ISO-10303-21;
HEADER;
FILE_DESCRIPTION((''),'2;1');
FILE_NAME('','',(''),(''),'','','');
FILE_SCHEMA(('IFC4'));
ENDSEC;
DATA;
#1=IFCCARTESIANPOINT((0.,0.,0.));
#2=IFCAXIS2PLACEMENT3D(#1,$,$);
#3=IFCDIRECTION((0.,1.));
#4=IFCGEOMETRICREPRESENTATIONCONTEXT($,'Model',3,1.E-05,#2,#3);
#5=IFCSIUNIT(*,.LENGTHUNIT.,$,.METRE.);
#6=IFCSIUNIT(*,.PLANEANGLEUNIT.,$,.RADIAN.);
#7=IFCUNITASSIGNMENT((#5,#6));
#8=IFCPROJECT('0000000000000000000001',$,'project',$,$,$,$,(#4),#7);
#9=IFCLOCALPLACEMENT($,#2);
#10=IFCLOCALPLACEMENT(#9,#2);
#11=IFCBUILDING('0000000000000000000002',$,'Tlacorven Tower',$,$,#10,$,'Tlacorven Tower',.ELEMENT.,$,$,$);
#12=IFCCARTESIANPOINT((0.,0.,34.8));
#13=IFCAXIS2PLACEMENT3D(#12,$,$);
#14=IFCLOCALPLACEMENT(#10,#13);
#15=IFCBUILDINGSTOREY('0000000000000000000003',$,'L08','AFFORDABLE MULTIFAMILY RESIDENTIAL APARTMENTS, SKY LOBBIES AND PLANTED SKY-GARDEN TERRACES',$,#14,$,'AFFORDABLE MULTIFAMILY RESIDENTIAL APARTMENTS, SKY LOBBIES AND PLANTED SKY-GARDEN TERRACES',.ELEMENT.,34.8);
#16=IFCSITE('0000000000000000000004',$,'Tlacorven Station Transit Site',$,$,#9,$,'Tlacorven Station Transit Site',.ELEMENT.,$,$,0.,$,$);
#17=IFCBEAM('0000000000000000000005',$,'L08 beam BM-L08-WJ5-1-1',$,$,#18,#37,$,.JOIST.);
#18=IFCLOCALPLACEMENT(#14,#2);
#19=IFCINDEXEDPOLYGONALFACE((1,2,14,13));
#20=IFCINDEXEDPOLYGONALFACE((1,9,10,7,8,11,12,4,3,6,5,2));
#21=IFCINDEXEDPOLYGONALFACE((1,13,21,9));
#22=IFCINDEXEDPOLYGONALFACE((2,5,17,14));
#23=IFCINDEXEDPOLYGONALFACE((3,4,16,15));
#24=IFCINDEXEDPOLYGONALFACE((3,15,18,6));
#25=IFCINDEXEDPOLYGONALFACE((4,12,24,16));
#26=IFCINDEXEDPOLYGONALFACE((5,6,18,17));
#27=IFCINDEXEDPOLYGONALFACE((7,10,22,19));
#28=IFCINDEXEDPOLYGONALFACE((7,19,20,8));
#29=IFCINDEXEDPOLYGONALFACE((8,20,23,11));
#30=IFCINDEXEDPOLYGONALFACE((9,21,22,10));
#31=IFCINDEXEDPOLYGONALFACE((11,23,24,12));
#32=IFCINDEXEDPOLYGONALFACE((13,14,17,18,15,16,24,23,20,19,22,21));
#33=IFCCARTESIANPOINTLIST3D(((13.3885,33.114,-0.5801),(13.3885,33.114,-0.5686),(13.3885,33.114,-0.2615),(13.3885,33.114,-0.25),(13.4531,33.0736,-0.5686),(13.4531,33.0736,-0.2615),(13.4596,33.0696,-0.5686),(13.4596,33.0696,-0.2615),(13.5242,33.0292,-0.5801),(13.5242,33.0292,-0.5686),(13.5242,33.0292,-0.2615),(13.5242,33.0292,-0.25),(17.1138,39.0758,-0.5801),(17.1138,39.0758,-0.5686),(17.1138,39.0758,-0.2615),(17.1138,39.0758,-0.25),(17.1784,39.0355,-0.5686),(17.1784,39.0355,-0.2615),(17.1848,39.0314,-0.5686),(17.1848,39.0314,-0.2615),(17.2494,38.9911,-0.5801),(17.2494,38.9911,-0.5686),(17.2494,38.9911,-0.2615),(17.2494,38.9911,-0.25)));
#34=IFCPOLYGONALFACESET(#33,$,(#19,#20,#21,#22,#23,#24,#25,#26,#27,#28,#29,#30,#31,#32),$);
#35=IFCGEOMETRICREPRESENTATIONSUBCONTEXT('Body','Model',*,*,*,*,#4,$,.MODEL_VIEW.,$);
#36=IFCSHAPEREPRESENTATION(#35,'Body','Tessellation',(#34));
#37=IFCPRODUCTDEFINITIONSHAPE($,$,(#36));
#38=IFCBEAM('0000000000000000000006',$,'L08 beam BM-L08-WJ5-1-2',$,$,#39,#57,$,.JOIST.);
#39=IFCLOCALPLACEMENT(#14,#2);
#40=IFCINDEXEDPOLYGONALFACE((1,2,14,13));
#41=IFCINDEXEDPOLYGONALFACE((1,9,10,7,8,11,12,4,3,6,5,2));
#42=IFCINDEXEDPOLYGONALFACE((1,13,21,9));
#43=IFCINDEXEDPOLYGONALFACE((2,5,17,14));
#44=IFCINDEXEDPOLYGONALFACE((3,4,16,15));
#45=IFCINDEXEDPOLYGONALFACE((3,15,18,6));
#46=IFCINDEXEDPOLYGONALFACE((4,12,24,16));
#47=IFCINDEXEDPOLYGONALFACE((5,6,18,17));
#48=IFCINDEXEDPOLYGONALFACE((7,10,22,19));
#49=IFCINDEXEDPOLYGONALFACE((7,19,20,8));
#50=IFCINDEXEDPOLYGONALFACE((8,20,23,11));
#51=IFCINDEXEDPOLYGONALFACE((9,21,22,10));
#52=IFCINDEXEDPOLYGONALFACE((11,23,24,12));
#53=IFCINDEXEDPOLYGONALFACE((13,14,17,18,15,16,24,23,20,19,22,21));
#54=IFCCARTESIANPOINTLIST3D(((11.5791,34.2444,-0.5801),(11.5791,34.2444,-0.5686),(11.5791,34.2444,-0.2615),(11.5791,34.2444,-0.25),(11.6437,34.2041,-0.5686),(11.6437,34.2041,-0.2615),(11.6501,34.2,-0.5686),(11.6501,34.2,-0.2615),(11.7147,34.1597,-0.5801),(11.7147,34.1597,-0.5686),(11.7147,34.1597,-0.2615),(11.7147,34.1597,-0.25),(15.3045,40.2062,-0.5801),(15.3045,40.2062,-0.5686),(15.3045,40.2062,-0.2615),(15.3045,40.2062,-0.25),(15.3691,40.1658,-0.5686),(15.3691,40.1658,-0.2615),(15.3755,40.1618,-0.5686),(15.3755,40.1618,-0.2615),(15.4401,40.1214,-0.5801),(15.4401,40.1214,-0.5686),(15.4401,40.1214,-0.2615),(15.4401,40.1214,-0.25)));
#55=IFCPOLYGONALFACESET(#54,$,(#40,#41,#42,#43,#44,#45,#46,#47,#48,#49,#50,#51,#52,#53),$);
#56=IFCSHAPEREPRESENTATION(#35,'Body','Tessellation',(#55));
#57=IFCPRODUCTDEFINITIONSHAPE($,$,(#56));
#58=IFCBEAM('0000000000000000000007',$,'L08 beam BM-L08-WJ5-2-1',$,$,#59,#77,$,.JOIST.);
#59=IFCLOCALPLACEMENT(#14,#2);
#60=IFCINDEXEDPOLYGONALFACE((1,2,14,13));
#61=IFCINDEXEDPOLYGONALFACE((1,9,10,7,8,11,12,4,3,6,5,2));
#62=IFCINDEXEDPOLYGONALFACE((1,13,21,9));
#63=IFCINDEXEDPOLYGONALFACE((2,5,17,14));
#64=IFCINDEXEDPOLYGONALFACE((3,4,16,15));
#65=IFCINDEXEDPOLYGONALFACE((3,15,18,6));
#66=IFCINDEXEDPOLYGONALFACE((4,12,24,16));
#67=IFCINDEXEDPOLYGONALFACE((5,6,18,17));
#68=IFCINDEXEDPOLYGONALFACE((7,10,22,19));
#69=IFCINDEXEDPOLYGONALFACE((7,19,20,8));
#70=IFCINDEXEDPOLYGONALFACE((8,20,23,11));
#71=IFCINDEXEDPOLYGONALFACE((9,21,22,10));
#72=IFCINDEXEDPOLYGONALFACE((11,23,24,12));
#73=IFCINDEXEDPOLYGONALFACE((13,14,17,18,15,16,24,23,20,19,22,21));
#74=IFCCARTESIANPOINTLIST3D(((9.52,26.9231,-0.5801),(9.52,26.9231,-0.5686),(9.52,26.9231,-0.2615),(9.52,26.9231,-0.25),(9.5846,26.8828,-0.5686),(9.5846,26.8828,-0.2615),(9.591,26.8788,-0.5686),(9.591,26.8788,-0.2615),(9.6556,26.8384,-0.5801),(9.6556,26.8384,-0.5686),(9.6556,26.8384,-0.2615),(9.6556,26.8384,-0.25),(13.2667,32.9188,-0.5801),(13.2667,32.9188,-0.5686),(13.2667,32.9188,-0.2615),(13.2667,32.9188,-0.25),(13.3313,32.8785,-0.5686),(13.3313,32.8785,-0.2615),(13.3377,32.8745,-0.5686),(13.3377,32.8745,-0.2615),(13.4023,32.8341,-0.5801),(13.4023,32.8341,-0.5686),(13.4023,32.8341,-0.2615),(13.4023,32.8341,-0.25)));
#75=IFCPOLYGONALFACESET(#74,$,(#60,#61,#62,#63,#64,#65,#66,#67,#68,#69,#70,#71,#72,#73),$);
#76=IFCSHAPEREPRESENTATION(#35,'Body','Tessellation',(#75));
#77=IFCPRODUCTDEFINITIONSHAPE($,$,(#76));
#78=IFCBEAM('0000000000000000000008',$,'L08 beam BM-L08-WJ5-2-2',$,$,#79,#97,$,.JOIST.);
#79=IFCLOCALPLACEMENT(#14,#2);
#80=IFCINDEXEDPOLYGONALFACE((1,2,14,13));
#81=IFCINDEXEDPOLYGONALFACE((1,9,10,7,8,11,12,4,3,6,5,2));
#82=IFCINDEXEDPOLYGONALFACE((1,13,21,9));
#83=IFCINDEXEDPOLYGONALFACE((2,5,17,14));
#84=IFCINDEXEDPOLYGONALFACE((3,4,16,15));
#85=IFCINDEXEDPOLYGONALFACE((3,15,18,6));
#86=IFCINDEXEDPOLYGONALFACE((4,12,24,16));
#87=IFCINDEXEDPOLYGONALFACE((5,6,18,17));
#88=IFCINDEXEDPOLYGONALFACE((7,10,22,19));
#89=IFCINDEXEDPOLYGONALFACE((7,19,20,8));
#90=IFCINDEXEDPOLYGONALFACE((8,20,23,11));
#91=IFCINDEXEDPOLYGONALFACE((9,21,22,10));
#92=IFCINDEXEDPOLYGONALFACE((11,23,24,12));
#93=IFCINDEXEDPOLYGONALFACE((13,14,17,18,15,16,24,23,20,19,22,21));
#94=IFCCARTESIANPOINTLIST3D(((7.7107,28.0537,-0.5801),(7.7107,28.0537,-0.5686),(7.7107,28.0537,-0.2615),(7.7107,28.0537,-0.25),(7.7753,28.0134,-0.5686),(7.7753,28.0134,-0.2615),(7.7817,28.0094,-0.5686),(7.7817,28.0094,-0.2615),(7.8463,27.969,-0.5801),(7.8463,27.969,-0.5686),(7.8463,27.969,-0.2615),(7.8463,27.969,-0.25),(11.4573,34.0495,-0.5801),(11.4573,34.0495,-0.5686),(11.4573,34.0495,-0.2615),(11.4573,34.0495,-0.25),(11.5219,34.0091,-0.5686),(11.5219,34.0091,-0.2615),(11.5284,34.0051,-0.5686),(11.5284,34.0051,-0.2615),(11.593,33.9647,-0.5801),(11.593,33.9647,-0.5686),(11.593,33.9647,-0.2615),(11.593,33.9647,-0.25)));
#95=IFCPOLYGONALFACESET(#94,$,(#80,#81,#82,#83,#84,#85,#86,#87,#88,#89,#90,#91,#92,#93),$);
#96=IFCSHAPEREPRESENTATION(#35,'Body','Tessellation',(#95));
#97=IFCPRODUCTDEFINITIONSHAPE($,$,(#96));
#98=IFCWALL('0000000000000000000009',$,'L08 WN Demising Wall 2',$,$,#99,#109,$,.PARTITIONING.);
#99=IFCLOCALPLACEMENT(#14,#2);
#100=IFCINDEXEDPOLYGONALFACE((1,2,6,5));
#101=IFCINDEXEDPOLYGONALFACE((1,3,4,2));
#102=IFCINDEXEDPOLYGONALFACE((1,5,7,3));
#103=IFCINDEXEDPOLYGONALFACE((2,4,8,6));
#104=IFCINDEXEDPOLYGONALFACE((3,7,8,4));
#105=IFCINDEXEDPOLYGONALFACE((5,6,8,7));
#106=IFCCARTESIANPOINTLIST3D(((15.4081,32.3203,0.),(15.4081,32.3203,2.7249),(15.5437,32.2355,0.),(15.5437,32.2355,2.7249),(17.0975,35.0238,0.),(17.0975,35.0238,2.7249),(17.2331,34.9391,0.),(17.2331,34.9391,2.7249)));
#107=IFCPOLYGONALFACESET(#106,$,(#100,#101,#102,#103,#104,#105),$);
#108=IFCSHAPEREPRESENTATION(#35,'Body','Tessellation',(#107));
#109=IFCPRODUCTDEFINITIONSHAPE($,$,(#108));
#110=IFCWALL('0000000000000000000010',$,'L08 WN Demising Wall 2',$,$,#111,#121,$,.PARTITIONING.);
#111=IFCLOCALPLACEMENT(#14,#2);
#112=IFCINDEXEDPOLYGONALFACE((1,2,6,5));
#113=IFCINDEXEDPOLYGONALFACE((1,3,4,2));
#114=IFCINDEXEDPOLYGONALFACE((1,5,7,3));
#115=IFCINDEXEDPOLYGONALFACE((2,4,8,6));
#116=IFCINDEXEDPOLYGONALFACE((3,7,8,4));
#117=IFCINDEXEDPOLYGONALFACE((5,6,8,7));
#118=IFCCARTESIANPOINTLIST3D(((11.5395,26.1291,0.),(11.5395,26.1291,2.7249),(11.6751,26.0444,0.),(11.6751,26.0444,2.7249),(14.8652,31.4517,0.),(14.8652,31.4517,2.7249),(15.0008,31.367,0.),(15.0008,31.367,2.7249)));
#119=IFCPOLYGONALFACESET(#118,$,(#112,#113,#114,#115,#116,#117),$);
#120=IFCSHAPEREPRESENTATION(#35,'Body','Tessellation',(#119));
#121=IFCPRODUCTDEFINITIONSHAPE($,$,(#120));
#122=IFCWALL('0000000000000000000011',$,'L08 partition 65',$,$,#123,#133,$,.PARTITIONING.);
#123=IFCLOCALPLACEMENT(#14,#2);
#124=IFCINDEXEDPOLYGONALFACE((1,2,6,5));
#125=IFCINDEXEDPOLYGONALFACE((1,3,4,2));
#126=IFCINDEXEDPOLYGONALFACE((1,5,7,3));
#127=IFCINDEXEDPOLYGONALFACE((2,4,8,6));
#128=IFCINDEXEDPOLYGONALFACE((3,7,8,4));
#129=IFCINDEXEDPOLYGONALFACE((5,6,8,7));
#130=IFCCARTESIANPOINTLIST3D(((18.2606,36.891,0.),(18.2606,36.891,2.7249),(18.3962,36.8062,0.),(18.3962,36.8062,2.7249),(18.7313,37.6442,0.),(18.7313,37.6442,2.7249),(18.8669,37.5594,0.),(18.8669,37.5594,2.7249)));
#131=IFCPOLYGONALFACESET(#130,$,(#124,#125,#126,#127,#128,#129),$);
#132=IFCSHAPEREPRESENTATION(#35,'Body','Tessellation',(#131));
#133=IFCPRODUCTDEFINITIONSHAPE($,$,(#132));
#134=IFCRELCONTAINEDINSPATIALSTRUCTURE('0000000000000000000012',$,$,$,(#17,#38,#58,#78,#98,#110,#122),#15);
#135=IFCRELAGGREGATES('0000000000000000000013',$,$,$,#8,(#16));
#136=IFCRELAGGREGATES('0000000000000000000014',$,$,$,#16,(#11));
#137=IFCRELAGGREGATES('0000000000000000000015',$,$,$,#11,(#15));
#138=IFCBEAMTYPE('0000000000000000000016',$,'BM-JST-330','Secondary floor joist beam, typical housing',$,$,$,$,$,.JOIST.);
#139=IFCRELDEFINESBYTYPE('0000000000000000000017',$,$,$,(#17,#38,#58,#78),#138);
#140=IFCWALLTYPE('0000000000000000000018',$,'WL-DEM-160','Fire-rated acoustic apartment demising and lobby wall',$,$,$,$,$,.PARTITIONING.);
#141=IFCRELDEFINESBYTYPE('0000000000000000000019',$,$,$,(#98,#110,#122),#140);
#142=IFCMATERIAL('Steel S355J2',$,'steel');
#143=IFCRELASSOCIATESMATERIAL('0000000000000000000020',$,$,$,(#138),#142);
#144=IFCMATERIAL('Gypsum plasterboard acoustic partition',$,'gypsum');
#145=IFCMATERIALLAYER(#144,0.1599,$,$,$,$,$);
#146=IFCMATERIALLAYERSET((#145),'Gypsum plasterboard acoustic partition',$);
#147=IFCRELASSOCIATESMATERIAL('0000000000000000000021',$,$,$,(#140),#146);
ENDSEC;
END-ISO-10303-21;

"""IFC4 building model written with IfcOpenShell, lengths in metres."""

from ifc_helpers import new_model, si_unit, direction, frame, frame_2d, origin, origin_2d, place, context, subcontext, project, spatial, rectangle, i_section, extrude, source, transform, mapped, material, layer, layer_set, material_profile, profile_set, type_object, element, save


model = new_model("IFC4")

# Units and contexts
model_context = context("Model", 3, precision=1e-05, world=origin(), true_north=direction((0.0, 1.0)))
body_context = subcontext(model_context, "Body", "Model", "MODEL_VIEW")
ifc_project = project(units=[si_unit("LENGTHUNIT", "METRE"), si_unit("PLANEANGLEUNIT", "RADIAN")], contexts=[model_context])

# Site, building, storey
site_placement = place(None, origin())
site = spatial("IfcSite", under=ifc_project, at=site_placement, Name="Tlacorven Station Transit Site", LongName="Tlacorven Station Transit Site", CompositionType="ELEMENT", RefElevation=0.0)
building_placement = place(site_placement, origin())
building = spatial("IfcBuilding", under=site, at=building_placement, Name="Tlacorven Tower", LongName="Tlacorven Tower", CompositionType="ELEMENT")
storey_placement = place(building_placement, frame((0.0, 0.0, 34.8)))
storey = spatial("IfcBuildingStorey", under=building, at=storey_placement, Name="L08", Description="AFFORDABLE MULTIFAMILY RESIDENTIAL APARTMENTS, SKY LOBBIES AND PLANTED SKY-GARDEN TERRACES", LongName="AFFORDABLE MULTIFAMILY RESIDENTIAL APARTMENTS, SKY LOBBIES AND PLANTED SKY-GARDEN TERRACES", CompositionType="ELEMENT", Elevation=34.8)

# Beams
ifc_material_1 = material(Name="Steel S355J2", Category="steel")
ifc_material_profile_1 = material_profile(ifc_material_1, i_section(OverallWidth=0.1599, OverallDepth=0.3301, WebThickness=0.0076, FlangeThickness=0.0115, at=origin_2d()), Name="IPE 330")
ifc_profile_set_1 = profile_set([ifc_material_profile_1], Name="Steel S355J2")
beam_type_1 = type_object("IfcBeamType", Name="BM-JST-330", Description="Secondary floor joist beam, typical housing", PredefinedType="JOIST", material=ifc_profile_set_1)
shared_shape_1 = source(origin(), body_context, "Body", "SweptSolid", [
    extrude(i_section(OverallWidth=0.1599, OverallDepth=0.3301, WebThickness=0.0076, FlangeThickness=0.0115, at=origin_2d()), origin(), (0.0, 0.0, 1.0), 7.03),
])
for number, where, z_axis, x_axis, name in (
    (1, (17.1816, 39.0334, -0.415), (-0.529912, -0.848053, 0.0), (0.848053, -0.529912, 0.0), "L08 beam BM-L08-WJ5-1-1"),
    (2, (15.3723, 40.1638, -0.415), (-0.529927, -0.848043, 0.0), (0.848043, -0.529927, 0.0), "L08 beam BM-L08-WJ5-1-2"),
):
    element("IfcBeam", number, at=place(storey_placement, frame(where, z_axis=z_axis, x_axis=x_axis)), inside=storey, type_object=beam_type_1, Name=name, PredefinedType="JOIST", context=body_context, shape_type="MappedRepresentation", body=[
        mapped(shared_shape_1, transform((0.0, 0.0, 0.0), scale=1.0)),
    ])
shared_shape_2 = source(origin(), body_context, "Body", "SweptSolid", [
    extrude(i_section(OverallWidth=0.1599, OverallDepth=0.3301, WebThickness=0.0076, FlangeThickness=0.0115, at=origin_2d()), origin(), (0.0, 0.0, 1.0), 7.0701),
])
for number, where, z_axis, x_axis, name in (
    (3, (13.3345, 32.8765, -0.415), (-0.529931, -0.848041, 0.0), (0.848041, -0.529931, 0.0), "L08 beam BM-L08-WJ5-2-1"),
    (4, (11.5251, 34.0071, -0.415), (-0.529931, -0.848041, 0.0), (0.848041, -0.529931, 0.0), "L08 beam BM-L08-WJ5-2-2"),
):
    element("IfcBeam", number, at=place(storey_placement, frame(where, z_axis=z_axis, x_axis=x_axis)), inside=storey, type_object=beam_type_1, Name=name, PredefinedType="JOIST", context=body_context, shape_type="MappedRepresentation", body=[
        mapped(shared_shape_2, transform((0.0, 0.0, 0.0), scale=1.0)),
    ])

# Walls
ifc_material_2 = material(Name="Gypsum plasterboard acoustic partition", Category="gypsum")
ifc_layer_1 = layer(ifc_material_2, 0.1599)
ifc_layer_set_1 = layer_set([ifc_layer_1], Name="Gypsum plasterboard acoustic partition")
wall_type_1 = type_object("IfcWallType", Name="WL-DEM-160", Description="Fire-rated acoustic apartment demising and lobby wall", PredefinedType="PARTITIONING", material=ifc_layer_set_1)
wall_1_placement = place(storey_placement, frame((17.1653, 34.9814, 0.0), z_axis=(0.0, 0.0, 1.0), x_axis=(-0.52993, -0.848041, 0.0)))
element("IfcWall", 5, at=wall_1_placement, inside=storey, type_object=wall_type_1, Name="L08 WN Demising Wall 2", PredefinedType="PARTITIONING", context=body_context, shape_type="SweptSolid", body=[
    extrude(rectangle(XDim=3.188, YDim=0.1599, at=frame_2d((1.594, 0.0))), origin(), (0.0, 0.0, 1.0), 2.7249),
])
wall_2_placement = place(storey_placement, frame((14.9331, 31.4094, 0.0), z_axis=(0.0, 0.0, 1.0), x_axis=(-0.529898, -0.848062, 0.0)))
element("IfcWall", 6, at=wall_2_placement, inside=storey, type_object=wall_type_1, Name="L08 WN Demising Wall 2", PredefinedType="PARTITIONING", context=body_context, shape_type="SweptSolid", body=[
    extrude(rectangle(XDim=6.2761, YDim=0.1599, at=frame_2d((3.1382, 0.0))), origin(), (0.0, 0.0, 1.0), 2.7249),
])
wall_3_placement = place(storey_placement, frame((18.7991, 37.6018, 0.0), z_axis=(0.0, 0.0, 1.0), x_axis=(-0.529974, -0.848014, 0.0)))
element("IfcWall", 7, at=wall_3_placement, inside=storey, type_object=wall_type_1, Name="L08 partition 65", PredefinedType="PARTITIONING", context=body_context, shape_type="SweptSolid", body=[
    extrude(rectangle(XDim=0.8882, YDim=0.1599, at=frame_2d((0.4441, 0.0))), origin(), (0.0, 0.0, 1.0), 2.7249),
])

save(model, "model.ifc")
